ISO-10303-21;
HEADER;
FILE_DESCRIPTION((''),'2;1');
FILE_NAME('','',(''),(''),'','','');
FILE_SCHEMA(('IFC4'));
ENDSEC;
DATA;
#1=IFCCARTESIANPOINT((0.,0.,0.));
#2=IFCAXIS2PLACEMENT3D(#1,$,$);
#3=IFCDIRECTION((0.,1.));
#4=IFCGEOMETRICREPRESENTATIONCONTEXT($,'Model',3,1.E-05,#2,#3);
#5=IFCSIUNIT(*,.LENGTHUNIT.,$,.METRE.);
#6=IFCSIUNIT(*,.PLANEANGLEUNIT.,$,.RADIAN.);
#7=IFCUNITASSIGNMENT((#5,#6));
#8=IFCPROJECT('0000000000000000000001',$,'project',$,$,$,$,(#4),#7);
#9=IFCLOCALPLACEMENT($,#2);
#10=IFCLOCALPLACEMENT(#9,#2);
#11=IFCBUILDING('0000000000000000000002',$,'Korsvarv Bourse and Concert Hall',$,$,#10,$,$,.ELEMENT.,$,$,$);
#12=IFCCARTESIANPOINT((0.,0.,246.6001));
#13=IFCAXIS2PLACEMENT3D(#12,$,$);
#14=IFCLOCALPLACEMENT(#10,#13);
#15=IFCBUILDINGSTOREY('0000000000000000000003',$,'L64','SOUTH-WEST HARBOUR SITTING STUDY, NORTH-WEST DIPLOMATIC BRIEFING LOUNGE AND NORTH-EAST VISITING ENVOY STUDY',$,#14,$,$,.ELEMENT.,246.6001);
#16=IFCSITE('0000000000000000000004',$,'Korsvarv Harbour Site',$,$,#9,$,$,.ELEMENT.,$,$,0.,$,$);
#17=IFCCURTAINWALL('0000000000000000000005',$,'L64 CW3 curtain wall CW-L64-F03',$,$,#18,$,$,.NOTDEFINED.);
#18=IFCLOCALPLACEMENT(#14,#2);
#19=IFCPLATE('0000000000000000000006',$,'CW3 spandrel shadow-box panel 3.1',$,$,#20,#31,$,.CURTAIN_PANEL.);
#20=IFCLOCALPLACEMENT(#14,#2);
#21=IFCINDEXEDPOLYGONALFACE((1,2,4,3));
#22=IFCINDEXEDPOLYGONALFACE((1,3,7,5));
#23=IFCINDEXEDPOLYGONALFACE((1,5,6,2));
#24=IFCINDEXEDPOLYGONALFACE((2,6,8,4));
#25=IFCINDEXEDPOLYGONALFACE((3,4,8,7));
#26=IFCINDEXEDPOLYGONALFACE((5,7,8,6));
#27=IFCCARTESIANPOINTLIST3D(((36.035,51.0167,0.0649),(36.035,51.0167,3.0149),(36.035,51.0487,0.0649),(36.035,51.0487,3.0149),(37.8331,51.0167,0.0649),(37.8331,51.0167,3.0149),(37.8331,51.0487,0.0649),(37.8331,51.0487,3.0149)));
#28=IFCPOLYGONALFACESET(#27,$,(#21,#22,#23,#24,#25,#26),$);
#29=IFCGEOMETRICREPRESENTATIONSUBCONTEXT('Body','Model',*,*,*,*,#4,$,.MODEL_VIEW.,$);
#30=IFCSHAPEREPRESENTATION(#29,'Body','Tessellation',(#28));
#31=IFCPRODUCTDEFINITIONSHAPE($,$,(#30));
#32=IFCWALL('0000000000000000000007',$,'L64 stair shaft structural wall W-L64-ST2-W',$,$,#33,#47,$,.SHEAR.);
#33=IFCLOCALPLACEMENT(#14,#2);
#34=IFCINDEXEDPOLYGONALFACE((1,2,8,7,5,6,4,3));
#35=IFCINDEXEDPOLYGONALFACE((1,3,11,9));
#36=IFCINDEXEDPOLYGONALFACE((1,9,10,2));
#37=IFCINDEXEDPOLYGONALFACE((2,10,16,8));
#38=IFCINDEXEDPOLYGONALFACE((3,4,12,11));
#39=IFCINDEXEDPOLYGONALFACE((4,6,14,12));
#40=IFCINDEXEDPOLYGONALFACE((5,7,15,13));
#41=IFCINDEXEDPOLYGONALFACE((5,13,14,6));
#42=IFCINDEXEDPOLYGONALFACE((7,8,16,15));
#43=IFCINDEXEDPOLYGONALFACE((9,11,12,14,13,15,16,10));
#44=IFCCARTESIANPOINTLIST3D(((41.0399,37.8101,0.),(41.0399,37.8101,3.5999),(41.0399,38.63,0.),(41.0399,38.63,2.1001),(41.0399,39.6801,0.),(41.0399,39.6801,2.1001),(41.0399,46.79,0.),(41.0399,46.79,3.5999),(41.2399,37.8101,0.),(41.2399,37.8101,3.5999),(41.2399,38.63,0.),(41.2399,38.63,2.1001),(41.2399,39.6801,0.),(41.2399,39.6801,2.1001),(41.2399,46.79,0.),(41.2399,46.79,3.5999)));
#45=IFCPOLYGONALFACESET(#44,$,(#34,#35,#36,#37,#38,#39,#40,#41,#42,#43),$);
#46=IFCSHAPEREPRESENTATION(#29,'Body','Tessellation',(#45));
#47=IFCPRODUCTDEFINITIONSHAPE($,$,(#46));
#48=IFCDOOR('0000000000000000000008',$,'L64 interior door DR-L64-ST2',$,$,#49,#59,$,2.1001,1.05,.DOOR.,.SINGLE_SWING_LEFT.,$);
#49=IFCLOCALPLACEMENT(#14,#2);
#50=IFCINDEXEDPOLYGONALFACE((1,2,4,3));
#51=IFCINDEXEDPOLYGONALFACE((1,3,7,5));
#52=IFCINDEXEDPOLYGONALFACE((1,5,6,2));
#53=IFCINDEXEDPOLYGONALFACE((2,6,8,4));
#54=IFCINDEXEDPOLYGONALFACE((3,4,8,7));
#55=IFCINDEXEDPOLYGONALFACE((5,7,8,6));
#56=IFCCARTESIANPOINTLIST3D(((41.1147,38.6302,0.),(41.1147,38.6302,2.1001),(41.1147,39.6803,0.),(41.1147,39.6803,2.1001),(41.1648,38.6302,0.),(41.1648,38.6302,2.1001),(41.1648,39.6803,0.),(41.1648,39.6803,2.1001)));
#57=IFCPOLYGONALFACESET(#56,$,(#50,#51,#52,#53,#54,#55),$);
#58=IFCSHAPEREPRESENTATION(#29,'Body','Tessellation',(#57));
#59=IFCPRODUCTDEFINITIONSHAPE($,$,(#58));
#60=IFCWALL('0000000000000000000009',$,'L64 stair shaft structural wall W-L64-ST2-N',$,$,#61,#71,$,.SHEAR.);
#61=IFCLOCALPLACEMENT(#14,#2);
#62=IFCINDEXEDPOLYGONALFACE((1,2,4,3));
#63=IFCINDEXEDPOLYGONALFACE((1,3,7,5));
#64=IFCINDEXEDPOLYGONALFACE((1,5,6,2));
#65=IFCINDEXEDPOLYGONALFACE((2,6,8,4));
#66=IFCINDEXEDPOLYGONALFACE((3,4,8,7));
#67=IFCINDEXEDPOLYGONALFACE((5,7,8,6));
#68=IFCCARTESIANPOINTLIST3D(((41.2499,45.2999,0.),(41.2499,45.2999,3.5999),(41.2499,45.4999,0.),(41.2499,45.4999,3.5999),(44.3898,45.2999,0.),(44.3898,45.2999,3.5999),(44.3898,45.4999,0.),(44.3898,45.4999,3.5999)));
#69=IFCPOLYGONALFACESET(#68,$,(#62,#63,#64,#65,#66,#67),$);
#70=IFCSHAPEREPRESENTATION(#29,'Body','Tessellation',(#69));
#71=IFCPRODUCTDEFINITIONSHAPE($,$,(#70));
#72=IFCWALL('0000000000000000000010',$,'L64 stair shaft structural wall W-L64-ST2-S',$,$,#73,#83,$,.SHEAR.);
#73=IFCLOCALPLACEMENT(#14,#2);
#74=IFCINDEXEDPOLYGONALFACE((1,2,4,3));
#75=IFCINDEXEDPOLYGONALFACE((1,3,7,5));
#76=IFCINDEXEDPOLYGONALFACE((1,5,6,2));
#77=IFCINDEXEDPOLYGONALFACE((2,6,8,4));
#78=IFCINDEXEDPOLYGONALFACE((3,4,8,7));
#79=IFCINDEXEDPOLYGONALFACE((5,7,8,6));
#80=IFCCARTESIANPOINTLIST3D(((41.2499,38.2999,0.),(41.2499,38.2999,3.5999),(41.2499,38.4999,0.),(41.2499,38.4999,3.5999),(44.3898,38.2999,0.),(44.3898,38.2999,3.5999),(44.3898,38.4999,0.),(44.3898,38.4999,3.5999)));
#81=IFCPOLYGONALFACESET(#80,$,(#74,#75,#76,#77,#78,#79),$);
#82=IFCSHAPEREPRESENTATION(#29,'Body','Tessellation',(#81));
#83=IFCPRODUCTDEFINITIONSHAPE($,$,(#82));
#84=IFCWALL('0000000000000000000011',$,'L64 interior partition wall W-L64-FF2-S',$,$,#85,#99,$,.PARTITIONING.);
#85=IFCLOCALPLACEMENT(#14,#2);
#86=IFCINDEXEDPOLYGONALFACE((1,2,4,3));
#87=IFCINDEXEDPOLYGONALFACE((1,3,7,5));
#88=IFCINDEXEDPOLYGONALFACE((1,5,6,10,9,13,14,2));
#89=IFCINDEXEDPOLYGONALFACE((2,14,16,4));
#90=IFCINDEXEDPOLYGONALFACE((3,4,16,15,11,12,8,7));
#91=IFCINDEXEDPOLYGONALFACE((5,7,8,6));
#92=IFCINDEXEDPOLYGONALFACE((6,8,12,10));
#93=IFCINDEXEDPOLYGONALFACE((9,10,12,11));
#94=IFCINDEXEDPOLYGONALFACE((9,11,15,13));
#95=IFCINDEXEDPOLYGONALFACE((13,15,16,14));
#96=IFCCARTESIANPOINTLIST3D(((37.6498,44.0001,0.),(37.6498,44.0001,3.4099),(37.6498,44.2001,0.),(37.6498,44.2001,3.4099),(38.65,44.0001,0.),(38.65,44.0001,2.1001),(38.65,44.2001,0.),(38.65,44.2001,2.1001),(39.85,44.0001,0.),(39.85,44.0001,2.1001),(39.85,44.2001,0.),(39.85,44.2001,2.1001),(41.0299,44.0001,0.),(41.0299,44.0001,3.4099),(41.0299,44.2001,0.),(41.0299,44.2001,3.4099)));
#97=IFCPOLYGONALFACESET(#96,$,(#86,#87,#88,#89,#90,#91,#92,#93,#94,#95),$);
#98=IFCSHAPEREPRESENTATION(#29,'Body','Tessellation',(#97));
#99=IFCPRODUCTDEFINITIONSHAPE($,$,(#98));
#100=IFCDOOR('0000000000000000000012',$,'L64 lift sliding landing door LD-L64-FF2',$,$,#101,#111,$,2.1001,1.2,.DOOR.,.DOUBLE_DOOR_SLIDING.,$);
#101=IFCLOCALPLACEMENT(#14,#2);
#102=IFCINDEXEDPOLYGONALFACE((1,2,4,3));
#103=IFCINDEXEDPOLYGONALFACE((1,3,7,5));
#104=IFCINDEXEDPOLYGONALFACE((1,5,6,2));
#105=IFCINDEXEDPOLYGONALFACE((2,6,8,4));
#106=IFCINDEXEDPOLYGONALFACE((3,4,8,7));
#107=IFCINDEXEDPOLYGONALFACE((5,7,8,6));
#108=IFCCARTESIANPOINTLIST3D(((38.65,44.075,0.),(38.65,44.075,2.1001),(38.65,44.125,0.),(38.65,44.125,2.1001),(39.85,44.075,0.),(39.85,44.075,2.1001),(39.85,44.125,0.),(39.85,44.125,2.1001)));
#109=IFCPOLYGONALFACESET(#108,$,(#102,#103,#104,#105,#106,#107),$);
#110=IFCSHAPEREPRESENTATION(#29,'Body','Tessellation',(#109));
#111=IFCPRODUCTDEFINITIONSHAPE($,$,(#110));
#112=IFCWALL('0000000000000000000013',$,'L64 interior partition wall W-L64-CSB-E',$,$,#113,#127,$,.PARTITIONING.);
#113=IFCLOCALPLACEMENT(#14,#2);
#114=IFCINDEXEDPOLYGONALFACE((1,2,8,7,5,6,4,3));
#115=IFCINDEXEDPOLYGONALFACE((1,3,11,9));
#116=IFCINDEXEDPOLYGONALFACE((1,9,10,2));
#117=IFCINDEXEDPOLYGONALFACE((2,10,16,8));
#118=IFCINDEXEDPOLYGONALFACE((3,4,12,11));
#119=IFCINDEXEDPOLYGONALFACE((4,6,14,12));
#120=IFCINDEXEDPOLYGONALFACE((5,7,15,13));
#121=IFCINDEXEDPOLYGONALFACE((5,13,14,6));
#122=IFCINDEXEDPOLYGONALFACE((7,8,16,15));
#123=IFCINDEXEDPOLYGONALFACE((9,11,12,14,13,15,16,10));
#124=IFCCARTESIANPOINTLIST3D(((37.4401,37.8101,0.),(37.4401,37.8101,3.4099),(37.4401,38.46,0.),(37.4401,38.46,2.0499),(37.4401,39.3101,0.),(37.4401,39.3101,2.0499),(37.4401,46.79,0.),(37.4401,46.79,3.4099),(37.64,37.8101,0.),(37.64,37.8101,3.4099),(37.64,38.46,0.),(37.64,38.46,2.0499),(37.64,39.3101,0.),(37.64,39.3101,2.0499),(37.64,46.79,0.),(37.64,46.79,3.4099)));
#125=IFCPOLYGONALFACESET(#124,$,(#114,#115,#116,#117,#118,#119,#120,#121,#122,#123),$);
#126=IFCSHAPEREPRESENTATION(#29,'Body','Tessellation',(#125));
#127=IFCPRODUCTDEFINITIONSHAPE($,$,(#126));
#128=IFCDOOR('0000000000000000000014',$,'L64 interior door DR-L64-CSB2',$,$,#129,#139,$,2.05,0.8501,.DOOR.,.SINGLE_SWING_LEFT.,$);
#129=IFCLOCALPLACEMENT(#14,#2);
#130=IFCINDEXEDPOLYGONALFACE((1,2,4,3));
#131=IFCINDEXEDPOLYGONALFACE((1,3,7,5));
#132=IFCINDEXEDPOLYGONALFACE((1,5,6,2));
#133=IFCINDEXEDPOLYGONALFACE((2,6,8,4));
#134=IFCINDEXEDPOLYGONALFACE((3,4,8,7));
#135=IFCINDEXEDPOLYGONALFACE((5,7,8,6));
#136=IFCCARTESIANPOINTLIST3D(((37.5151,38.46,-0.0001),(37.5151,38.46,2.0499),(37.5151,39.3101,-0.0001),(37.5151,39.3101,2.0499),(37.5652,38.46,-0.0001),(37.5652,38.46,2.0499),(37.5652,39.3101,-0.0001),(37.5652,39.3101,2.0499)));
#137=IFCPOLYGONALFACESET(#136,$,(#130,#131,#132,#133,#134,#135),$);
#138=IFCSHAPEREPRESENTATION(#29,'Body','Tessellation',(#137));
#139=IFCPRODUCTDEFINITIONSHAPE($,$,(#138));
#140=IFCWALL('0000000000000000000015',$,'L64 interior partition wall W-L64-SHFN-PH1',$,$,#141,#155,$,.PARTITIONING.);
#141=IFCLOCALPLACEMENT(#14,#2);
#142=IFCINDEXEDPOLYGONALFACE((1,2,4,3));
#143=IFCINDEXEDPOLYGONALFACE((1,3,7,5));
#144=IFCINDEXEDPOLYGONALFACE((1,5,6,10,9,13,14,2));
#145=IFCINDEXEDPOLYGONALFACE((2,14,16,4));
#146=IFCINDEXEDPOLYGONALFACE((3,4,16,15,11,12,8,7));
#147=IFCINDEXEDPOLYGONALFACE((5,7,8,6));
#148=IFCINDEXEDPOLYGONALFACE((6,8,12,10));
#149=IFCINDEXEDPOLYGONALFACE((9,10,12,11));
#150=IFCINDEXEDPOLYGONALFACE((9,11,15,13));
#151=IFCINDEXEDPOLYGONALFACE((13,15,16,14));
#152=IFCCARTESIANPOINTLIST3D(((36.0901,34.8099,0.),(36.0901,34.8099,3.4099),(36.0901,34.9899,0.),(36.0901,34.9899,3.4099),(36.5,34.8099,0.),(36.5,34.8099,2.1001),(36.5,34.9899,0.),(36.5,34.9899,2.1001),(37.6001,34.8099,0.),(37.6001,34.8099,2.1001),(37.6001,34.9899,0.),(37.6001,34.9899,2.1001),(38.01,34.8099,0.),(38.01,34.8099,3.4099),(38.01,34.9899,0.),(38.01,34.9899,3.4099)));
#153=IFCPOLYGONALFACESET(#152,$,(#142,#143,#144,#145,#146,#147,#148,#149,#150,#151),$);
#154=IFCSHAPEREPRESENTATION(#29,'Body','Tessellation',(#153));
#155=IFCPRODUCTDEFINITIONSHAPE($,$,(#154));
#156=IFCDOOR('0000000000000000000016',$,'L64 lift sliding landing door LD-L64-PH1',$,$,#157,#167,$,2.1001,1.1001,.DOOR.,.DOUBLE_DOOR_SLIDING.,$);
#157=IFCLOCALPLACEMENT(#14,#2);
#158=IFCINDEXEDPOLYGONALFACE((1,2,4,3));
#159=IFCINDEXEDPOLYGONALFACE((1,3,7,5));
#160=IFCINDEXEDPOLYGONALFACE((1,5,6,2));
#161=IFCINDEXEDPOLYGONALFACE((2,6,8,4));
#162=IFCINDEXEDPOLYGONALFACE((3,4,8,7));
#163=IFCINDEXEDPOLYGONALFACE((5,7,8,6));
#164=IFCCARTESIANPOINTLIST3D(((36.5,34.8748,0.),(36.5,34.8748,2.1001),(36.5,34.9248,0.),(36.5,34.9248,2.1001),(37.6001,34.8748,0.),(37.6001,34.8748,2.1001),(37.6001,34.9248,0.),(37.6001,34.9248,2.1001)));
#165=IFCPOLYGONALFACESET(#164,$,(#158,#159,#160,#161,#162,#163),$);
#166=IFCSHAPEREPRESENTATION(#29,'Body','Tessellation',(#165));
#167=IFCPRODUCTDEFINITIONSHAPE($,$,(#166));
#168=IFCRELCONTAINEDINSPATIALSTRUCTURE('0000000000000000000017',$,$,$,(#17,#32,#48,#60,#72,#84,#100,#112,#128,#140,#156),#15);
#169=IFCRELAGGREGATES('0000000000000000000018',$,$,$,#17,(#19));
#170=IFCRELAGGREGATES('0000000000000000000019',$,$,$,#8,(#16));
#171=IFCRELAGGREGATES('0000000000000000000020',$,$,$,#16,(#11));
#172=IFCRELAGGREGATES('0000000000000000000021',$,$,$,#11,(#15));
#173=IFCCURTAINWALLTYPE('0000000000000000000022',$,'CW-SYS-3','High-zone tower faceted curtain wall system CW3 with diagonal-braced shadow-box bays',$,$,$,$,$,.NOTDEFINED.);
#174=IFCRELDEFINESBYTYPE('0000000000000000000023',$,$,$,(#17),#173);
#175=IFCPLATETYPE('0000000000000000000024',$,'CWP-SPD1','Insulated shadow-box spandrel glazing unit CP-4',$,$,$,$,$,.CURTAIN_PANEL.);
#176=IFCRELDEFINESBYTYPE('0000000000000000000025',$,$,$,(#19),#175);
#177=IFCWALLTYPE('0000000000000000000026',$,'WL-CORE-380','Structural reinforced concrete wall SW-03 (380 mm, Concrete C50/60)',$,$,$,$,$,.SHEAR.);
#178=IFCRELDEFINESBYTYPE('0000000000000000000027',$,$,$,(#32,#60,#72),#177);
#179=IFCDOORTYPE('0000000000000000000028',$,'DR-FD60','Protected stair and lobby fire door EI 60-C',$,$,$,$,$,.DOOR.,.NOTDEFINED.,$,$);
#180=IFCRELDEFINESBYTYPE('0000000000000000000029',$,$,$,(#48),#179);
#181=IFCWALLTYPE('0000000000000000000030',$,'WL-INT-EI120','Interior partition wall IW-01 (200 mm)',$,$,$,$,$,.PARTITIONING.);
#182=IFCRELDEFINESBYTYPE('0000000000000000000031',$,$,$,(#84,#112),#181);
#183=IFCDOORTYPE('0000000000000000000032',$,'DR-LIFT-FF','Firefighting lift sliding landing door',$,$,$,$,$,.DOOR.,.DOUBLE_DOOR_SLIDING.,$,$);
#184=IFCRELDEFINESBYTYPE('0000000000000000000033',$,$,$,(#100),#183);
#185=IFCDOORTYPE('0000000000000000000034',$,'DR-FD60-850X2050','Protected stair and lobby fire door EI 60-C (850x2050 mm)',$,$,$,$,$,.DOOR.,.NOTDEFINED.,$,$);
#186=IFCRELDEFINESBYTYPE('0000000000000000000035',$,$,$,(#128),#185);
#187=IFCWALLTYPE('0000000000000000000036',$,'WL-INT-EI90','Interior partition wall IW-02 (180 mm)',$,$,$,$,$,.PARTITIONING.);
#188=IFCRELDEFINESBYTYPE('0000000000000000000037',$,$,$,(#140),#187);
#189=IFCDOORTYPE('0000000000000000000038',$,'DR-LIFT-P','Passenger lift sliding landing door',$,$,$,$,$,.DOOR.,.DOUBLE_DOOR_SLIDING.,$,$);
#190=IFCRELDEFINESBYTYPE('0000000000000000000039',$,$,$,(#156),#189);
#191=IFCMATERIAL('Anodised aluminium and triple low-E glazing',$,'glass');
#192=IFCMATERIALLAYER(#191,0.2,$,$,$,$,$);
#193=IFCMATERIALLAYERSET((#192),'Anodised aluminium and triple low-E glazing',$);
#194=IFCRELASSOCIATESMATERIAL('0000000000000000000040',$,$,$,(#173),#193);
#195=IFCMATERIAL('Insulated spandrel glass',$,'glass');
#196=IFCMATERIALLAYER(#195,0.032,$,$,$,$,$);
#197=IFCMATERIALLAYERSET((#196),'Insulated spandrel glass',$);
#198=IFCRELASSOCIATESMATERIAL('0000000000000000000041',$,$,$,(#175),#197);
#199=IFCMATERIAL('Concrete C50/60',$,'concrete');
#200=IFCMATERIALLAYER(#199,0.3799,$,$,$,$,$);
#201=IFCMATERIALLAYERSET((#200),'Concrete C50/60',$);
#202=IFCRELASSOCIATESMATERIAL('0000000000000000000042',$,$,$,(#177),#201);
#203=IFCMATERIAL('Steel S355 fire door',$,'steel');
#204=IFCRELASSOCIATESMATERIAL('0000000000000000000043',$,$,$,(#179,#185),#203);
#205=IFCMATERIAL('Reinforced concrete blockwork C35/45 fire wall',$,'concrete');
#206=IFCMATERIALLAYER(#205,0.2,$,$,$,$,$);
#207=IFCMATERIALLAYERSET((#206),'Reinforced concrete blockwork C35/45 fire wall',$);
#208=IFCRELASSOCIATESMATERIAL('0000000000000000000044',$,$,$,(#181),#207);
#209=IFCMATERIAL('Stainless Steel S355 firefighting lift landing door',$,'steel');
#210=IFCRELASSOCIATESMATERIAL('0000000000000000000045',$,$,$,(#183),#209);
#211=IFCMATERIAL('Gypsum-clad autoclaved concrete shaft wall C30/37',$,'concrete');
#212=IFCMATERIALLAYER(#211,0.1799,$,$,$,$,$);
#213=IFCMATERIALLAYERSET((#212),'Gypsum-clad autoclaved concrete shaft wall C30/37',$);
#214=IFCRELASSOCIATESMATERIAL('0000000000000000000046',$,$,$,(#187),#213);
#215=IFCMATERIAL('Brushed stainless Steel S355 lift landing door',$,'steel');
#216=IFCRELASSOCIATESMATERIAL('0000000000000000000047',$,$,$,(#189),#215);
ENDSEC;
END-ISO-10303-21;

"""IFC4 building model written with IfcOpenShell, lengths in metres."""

from ifc_helpers import new_model, si_unit, direction, frame, frame_2d, origin, origin_2d, place, context, subcontext, project, spatial, rectangle, extrude, source, transform, mapped, material, layer, layer_set, type_object, element, fill, aggregate, save


model = new_model("IFC4")

# Units and contexts
model_context = context("Model", 3, precision=1e-05, world=origin(), true_north=direction((0.0, 1.0)))
body_context = subcontext(model_context, "Body", "Model", "MODEL_VIEW")
ifc_project = project(units=[si_unit("LENGTHUNIT", "METRE"), si_unit("PLANEANGLEUNIT", "RADIAN")], contexts=[model_context])

# Site, building, storey
site_placement = place(None, origin())
site = spatial("IfcSite", under=ifc_project, at=site_placement, Name="Korsvarv Harbour Site", CompositionType="ELEMENT", RefElevation=0.0)
building_placement = place(site_placement, origin())
building = spatial("IfcBuilding", under=site, at=building_placement, Name="Korsvarv Bourse and Concert Hall", CompositionType="ELEMENT")
storey_placement = place(building_placement, frame((0.0, 0.0, 246.6001)))
storey = spatial("IfcBuildingStorey", under=building, at=storey_placement, Name="L64", Description="SOUTH-WEST HARBOUR SITTING STUDY, NORTH-WEST DIPLOMATIC BRIEFING LOUNGE AND NORTH-EAST VISITING ENVOY STUDY", CompositionType="ELEMENT", Elevation=246.6001)

# Shared definitions
ifc_material_1 = material(Name="Concrete C50/60", Category="concrete")

# Curtain wall, plate
ifc_material_2 = material(Name="Anodised aluminium and triple low-E glazing", Category="glass")
ifc_layer_1 = layer(ifc_material_2, 0.2)
ifc_layer_set_1 = layer_set([ifc_layer_1], Name="Anodised aluminium and triple low-E glazing")
curtain_wall_type = type_object("IfcCurtainWallType", Name="CW-SYS-3", Description="High-zone tower faceted curtain wall system CW3 with diagonal-braced shadow-box bays", PredefinedType="NOTDEFINED", material=ifc_layer_set_1)
curtain_wall_placement = place(storey_placement, origin())
curtain_wall = element("IfcCurtainWall", 1, at=curtain_wall_placement, inside=storey, type_object=curtain_wall_type, Name="L64 CW3 curtain wall CW-L64-F03", PredefinedType="NOTDEFINED")
ifc_material_3 = material(Name="Insulated spandrel glass", Category="glass")
ifc_layer_2 = layer(ifc_material_3, 0.032)
ifc_layer_set_2 = layer_set([ifc_layer_2], Name="Insulated spandrel glass")
plate_type_1 = type_object("IfcPlateType", Name="CWP-SPD1", Description="Insulated shadow-box spandrel glazing unit CP-4", PredefinedType="CURTAIN_PANEL", material=ifc_layer_set_2)
shared_shape_1 = source(origin(), body_context, "Body", "SweptSolid", [
    extrude(rectangle(XDim=1.7981, YDim=0.032, at=origin_2d()), origin(), (0.0, 0.0, 1.0), 2.95),
])
plate_1_placement = place(storey_placement, frame((36.9341, 51.0327, 0.0649), z_axis=(0.0, 0.0, 1.0), x_axis=(-1.0, 0.0, 0.0)))
plate_1 = element("IfcPlate", 2, at=plate_1_placement, type_object=plate_type_1, Name="CW3 spandrel shadow-box panel 3.1", PredefinedType="CURTAIN_PANEL", context=body_context, shape_type="MappedRepresentation", body=[
    mapped(shared_shape_1, transform((0.0, 0.0, 0.0), scale=1.0)),
])
aggregate(curtain_wall, [plate_1])

# Wall, opening, door
ifc_layer_3 = layer(ifc_material_1, 0.3799)
ifc_layer_set_3 = layer_set([ifc_layer_3], Name="Concrete C50/60")
wall_type_1 = type_object("IfcWallType", Name="WL-CORE-380", Description="Structural reinforced concrete wall SW-03 (380 mm, Concrete C50/60)", PredefinedType="SHEAR", material=ifc_layer_set_3)
wall_1_placement = place(storey_placement, frame((41.1399, 37.8101, 0.0), z_axis=(0.0, 0.0, 1.0), x_axis=(0.0, 1.0, 0.0)))
wall_1 = element("IfcWall", 3, at=wall_1_placement, inside=storey, type_object=wall_type_1, Name="L64 stair shaft structural wall W-L64-ST2-W", PredefinedType="SHEAR", context=body_context, shape_type="SweptSolid", body=[
    extrude(rectangle(XDim=8.98, YDim=0.2, at=frame_2d((4.49, 0.0))), origin(), (0.0, 0.0, 1.0), 3.5999),
])
opening_1_placement = place(wall_1_placement, frame((0.8201, 0.0, 0.0)))
opening_1 = element("IfcOpeningElement", 4, at=opening_1_placement, cuts=wall_1, PredefinedType="OPENING", context=body_context, shape_type="SweptSolid", body=[
    extrude(rectangle(XDim=1.05, YDim=2.1001, at=frame_2d((0.5249, 1.05))), frame((0.0, 0.1099, 0.0), z_axis=(0.0, -1.0, 0.0), x_axis=(1.0, 0.0, 0.0)), (0.0, 0.0, 1.0), 0.22),
])
ifc_material_4 = material(Name="Steel S355 fire door", Category="steel")
door_type_1 = type_object("IfcDoorType", Name="DR-FD60", Description="Protected stair and lobby fire door EI 60-C", OperationType="NOTDEFINED", PredefinedType="DOOR", material=ifc_material_4)
door_1_placement = place(opening_1_placement, frame((1.05, 0.0, 0.0), z_axis=(0.0, 0.0, 1.0), x_axis=(-1.0, 0.0, 0.0)))
door_1 = element("IfcDoor", 5, at=door_1_placement, inside=storey, type_object=door_type_1, Name="L64 interior door DR-L64-ST2", OperationType="SINGLE_SWING_LEFT", OverallHeight=2.1001, OverallWidth=1.05, PredefinedType="DOOR", context=body_context, shape_type="SweptSolid", body=[
    extrude(rectangle(XDim=1.05, YDim=2.1001, at=frame_2d((0.5249, 1.05))), frame((0.0, 0.0249, 0.0), z_axis=(0.0, -1.0, 0.0), x_axis=(1.0, 0.0, 0.0)), (0.0, 0.0, 1.0), 0.05),
])
fill(opening_1, door_1)

# Walls
for number, where, z_axis, x_axis, name in (
    (6, (41.25, 45.3999, 0.0), (0.0, 0.0, 1.0), (1.0, 0.0, 0.0), "L64 stair shaft structural wall W-L64-ST2-N"),
    (7, (41.25, 38.3999, 0.0), (0.0, 0.0, 1.0), (1.0, 0.0, 0.0), "L64 stair shaft structural wall W-L64-ST2-S"),
):
    element("IfcWall", number, at=place(storey_placement, frame(where, z_axis=z_axis, x_axis=x_axis)), inside=storey, type_object=wall_type_1, Name=name, PredefinedType="SHEAR", context=body_context, shape_type="SweptSolid", body=[
        extrude(rectangle(XDim=3.1399, YDim=0.2, at=frame_2d((1.5698, 0.0))), origin(), (0.0, 0.0, 1.0), 3.5999),
    ])

# Walls, openings, doors
ifc_material_5 = material(Name="Reinforced concrete blockwork C35/45 fire wall", Category="concrete")
ifc_layer_4 = layer(ifc_material_5, 0.2)
ifc_layer_set_4 = layer_set([ifc_layer_4], Name="Reinforced concrete blockwork C35/45 fire wall")
wall_type_2 = type_object("IfcWallType", Name="WL-INT-EI120", Description="Interior partition wall IW-01 (200 mm)", PredefinedType="PARTITIONING", material=ifc_layer_set_4)
wall_2_placement = place(storey_placement, frame((37.6499, 44.1001, 0.0), z_axis=(0.0, 0.0, 1.0), x_axis=(1.0, 0.0, 0.0)))
wall_2 = element("IfcWall", 8, at=wall_2_placement, inside=storey, type_object=wall_type_2, Name="L64 interior partition wall W-L64-FF2-S", PredefinedType="PARTITIONING", context=body_context, shape_type="SweptSolid", body=[
    extrude(rectangle(XDim=3.3801, YDim=0.2, at=frame_2d((1.6899, 0.0))), origin(), (0.0, 0.0, 1.0), 3.4099),
])
opening_2_placement = place(wall_2_placement, frame((1.0, 0.0, 0.0)))
opening_2 = element("IfcOpeningElement", 9, at=opening_2_placement, cuts=wall_2, PredefinedType="OPENING", context=body_context, shape_type="SweptSolid", body=[
    extrude(rectangle(XDim=1.2, YDim=2.1001, at=frame_2d((0.6001, 1.05))), frame((0.0, 0.1099, 0.0), z_axis=(0.0, -1.0, 0.0), x_axis=(1.0, 0.0, 0.0)), (0.0, 0.0, 1.0), 0.22),
])
ifc_material_6 = material(Name="Stainless Steel S355 firefighting lift landing door", Category="steel")
door_type_2 = type_object("IfcDoorType", Name="DR-LIFT-FF", Description="Firefighting lift sliding landing door", OperationType="DOUBLE_DOOR_SLIDING", PredefinedType="DOOR", material=ifc_material_6)
door_2_placement = place(opening_2_placement, origin())
door_2 = element("IfcDoor", 10, at=door_2_placement, inside=storey, type_object=door_type_2, Name="L64 lift sliding landing door LD-L64-FF2", OperationType="DOUBLE_DOOR_SLIDING", OverallHeight=2.1001, OverallWidth=1.2, PredefinedType="DOOR", context=body_context, shape_type="SweptSolid", body=[
    extrude(rectangle(XDim=1.2, YDim=2.1001, at=frame_2d((0.6001, 1.05))), frame((0.0, 0.0249, 0.0), z_axis=(0.0, -1.0, 0.0), x_axis=(1.0, 0.0, 0.0)), (0.0, 0.0, 1.0), 0.05),
])
fill(opening_2, door_2)
wall_3_placement = place(storey_placement, frame((37.54, 37.8101, 0.0), z_axis=(0.0, 0.0, 1.0), x_axis=(0.0, 1.0, 0.0)))
wall_3 = element("IfcWall", 11, at=wall_3_placement, inside=storey, type_object=wall_type_2, Name="L64 interior partition wall W-L64-CSB-E", PredefinedType="PARTITIONING", context=body_context, shape_type="SweptSolid", body=[
    extrude(rectangle(XDim=8.98, YDim=0.2, at=frame_2d((4.49, 0.0))), origin(), (0.0, 0.0, 1.0), 3.4099),
])
opening_3_placement = place(wall_3_placement, frame((0.6499, 0.0, 0.0)))
opening_3 = element("IfcOpeningElement", 12, at=opening_3_placement, cuts=wall_3, PredefinedType="OPENING", context=body_context, shape_type="SweptSolid", body=[
    extrude(rectangle(XDim=0.8501, YDim=2.05, at=frame_2d((0.425, 1.0249))), frame((0.0, 0.1099, 0.0), z_axis=(0.0, -1.0, 0.0), x_axis=(1.0, 0.0, 0.0)), (0.0, 0.0, 1.0), 0.22),
])
door_type_3 = type_object("IfcDoorType", Name="DR-FD60-850X2050", Description="Protected stair and lobby fire door EI 60-C (850x2050 mm)", OperationType="NOTDEFINED", PredefinedType="DOOR", material=ifc_material_4)
door_3_placement = place(opening_3_placement, origin())
door_3 = element("IfcDoor", 13, at=door_3_placement, inside=storey, type_object=door_type_3, Name="L64 interior door DR-L64-CSB2", OperationType="SINGLE_SWING_LEFT", OverallHeight=2.05, OverallWidth=0.8501, PredefinedType="DOOR", context=body_context, shape_type="SweptSolid", body=[
    extrude(rectangle(XDim=0.8501, YDim=2.05, at=frame_2d((0.425, 1.0249))), frame((0.0, 0.0249, 0.0), z_axis=(0.0, -1.0, 0.0), x_axis=(1.0, 0.0, 0.0)), (0.0, 0.0, 1.0), 0.05),
])
fill(opening_3, door_3)
ifc_material_7 = material(Name="Gypsum-clad autoclaved concrete shaft wall C30/37", Category="concrete")
ifc_layer_5 = layer(ifc_material_7, 0.1799)
ifc_layer_set_5 = layer_set([ifc_layer_5], Name="Gypsum-clad autoclaved concrete shaft wall C30/37")
wall_type_3 = type_object("IfcWallType", Name="WL-INT-EI90", Description="Interior partition wall IW-02 (180 mm)", PredefinedType="PARTITIONING", material=ifc_layer_set_5)
wall_4_placement = place(storey_placement, frame((36.0901, 34.8999, 0.0), z_axis=(0.0, 0.0, 1.0), x_axis=(1.0, 0.0, 0.0)))
wall_4 = element("IfcWall", 14, at=wall_4_placement, inside=storey, type_object=wall_type_3, Name="L64 interior partition wall W-L64-SHFN-PH1", PredefinedType="PARTITIONING", context=body_context, shape_type="SweptSolid", body=[
    extrude(rectangle(XDim=1.9199, YDim=0.1799, at=frame_2d((0.96, 0.0))), origin(), (0.0, 0.0, 1.0), 3.4099),
])
opening_4_placement = place(wall_4_placement, frame((0.4099, 0.0, 0.0)))
opening_4 = element("IfcOpeningElement", 15, at=opening_4_placement, cuts=wall_4, PredefinedType="OPENING", context=body_context, shape_type="SweptSolid", body=[
    extrude(rectangle(XDim=1.1001, YDim=2.1001, at=frame_2d((0.55, 1.05))), frame((0.0, 0.1001, 0.0), z_axis=(0.0, -1.0, 0.0), x_axis=(1.0, 0.0, 0.0)), (0.0, 0.0, 1.0), 0.2),
])
ifc_material_8 = material(Name="Brushed stainless Steel S355 lift landing door", Category="steel")
door_type_4 = type_object("IfcDoorType", Name="DR-LIFT-P", Description="Passenger lift sliding landing door", OperationType="DOUBLE_DOOR_SLIDING", PredefinedType="DOOR", material=ifc_material_8)
door_4_placement = place(opening_4_placement, origin())
door_4 = element("IfcDoor", 16, at=door_4_placement, inside=storey, type_object=door_type_4, Name="L64 lift sliding landing door LD-L64-PH1", OperationType="DOUBLE_DOOR_SLIDING", OverallHeight=2.1001, OverallWidth=1.1001, PredefinedType="DOOR", context=body_context, shape_type="SweptSolid", body=[
    extrude(rectangle(XDim=1.1001, YDim=2.1001, at=frame_2d((0.55, 1.05))), frame((0.0, 0.0249, 0.0), z_axis=(0.0, -1.0, 0.0), x_axis=(1.0, 0.0, 0.0)), (0.0, 0.0, 1.0), 0.05),
])
fill(opening_4, door_4)

save(model, "model.ifc")
